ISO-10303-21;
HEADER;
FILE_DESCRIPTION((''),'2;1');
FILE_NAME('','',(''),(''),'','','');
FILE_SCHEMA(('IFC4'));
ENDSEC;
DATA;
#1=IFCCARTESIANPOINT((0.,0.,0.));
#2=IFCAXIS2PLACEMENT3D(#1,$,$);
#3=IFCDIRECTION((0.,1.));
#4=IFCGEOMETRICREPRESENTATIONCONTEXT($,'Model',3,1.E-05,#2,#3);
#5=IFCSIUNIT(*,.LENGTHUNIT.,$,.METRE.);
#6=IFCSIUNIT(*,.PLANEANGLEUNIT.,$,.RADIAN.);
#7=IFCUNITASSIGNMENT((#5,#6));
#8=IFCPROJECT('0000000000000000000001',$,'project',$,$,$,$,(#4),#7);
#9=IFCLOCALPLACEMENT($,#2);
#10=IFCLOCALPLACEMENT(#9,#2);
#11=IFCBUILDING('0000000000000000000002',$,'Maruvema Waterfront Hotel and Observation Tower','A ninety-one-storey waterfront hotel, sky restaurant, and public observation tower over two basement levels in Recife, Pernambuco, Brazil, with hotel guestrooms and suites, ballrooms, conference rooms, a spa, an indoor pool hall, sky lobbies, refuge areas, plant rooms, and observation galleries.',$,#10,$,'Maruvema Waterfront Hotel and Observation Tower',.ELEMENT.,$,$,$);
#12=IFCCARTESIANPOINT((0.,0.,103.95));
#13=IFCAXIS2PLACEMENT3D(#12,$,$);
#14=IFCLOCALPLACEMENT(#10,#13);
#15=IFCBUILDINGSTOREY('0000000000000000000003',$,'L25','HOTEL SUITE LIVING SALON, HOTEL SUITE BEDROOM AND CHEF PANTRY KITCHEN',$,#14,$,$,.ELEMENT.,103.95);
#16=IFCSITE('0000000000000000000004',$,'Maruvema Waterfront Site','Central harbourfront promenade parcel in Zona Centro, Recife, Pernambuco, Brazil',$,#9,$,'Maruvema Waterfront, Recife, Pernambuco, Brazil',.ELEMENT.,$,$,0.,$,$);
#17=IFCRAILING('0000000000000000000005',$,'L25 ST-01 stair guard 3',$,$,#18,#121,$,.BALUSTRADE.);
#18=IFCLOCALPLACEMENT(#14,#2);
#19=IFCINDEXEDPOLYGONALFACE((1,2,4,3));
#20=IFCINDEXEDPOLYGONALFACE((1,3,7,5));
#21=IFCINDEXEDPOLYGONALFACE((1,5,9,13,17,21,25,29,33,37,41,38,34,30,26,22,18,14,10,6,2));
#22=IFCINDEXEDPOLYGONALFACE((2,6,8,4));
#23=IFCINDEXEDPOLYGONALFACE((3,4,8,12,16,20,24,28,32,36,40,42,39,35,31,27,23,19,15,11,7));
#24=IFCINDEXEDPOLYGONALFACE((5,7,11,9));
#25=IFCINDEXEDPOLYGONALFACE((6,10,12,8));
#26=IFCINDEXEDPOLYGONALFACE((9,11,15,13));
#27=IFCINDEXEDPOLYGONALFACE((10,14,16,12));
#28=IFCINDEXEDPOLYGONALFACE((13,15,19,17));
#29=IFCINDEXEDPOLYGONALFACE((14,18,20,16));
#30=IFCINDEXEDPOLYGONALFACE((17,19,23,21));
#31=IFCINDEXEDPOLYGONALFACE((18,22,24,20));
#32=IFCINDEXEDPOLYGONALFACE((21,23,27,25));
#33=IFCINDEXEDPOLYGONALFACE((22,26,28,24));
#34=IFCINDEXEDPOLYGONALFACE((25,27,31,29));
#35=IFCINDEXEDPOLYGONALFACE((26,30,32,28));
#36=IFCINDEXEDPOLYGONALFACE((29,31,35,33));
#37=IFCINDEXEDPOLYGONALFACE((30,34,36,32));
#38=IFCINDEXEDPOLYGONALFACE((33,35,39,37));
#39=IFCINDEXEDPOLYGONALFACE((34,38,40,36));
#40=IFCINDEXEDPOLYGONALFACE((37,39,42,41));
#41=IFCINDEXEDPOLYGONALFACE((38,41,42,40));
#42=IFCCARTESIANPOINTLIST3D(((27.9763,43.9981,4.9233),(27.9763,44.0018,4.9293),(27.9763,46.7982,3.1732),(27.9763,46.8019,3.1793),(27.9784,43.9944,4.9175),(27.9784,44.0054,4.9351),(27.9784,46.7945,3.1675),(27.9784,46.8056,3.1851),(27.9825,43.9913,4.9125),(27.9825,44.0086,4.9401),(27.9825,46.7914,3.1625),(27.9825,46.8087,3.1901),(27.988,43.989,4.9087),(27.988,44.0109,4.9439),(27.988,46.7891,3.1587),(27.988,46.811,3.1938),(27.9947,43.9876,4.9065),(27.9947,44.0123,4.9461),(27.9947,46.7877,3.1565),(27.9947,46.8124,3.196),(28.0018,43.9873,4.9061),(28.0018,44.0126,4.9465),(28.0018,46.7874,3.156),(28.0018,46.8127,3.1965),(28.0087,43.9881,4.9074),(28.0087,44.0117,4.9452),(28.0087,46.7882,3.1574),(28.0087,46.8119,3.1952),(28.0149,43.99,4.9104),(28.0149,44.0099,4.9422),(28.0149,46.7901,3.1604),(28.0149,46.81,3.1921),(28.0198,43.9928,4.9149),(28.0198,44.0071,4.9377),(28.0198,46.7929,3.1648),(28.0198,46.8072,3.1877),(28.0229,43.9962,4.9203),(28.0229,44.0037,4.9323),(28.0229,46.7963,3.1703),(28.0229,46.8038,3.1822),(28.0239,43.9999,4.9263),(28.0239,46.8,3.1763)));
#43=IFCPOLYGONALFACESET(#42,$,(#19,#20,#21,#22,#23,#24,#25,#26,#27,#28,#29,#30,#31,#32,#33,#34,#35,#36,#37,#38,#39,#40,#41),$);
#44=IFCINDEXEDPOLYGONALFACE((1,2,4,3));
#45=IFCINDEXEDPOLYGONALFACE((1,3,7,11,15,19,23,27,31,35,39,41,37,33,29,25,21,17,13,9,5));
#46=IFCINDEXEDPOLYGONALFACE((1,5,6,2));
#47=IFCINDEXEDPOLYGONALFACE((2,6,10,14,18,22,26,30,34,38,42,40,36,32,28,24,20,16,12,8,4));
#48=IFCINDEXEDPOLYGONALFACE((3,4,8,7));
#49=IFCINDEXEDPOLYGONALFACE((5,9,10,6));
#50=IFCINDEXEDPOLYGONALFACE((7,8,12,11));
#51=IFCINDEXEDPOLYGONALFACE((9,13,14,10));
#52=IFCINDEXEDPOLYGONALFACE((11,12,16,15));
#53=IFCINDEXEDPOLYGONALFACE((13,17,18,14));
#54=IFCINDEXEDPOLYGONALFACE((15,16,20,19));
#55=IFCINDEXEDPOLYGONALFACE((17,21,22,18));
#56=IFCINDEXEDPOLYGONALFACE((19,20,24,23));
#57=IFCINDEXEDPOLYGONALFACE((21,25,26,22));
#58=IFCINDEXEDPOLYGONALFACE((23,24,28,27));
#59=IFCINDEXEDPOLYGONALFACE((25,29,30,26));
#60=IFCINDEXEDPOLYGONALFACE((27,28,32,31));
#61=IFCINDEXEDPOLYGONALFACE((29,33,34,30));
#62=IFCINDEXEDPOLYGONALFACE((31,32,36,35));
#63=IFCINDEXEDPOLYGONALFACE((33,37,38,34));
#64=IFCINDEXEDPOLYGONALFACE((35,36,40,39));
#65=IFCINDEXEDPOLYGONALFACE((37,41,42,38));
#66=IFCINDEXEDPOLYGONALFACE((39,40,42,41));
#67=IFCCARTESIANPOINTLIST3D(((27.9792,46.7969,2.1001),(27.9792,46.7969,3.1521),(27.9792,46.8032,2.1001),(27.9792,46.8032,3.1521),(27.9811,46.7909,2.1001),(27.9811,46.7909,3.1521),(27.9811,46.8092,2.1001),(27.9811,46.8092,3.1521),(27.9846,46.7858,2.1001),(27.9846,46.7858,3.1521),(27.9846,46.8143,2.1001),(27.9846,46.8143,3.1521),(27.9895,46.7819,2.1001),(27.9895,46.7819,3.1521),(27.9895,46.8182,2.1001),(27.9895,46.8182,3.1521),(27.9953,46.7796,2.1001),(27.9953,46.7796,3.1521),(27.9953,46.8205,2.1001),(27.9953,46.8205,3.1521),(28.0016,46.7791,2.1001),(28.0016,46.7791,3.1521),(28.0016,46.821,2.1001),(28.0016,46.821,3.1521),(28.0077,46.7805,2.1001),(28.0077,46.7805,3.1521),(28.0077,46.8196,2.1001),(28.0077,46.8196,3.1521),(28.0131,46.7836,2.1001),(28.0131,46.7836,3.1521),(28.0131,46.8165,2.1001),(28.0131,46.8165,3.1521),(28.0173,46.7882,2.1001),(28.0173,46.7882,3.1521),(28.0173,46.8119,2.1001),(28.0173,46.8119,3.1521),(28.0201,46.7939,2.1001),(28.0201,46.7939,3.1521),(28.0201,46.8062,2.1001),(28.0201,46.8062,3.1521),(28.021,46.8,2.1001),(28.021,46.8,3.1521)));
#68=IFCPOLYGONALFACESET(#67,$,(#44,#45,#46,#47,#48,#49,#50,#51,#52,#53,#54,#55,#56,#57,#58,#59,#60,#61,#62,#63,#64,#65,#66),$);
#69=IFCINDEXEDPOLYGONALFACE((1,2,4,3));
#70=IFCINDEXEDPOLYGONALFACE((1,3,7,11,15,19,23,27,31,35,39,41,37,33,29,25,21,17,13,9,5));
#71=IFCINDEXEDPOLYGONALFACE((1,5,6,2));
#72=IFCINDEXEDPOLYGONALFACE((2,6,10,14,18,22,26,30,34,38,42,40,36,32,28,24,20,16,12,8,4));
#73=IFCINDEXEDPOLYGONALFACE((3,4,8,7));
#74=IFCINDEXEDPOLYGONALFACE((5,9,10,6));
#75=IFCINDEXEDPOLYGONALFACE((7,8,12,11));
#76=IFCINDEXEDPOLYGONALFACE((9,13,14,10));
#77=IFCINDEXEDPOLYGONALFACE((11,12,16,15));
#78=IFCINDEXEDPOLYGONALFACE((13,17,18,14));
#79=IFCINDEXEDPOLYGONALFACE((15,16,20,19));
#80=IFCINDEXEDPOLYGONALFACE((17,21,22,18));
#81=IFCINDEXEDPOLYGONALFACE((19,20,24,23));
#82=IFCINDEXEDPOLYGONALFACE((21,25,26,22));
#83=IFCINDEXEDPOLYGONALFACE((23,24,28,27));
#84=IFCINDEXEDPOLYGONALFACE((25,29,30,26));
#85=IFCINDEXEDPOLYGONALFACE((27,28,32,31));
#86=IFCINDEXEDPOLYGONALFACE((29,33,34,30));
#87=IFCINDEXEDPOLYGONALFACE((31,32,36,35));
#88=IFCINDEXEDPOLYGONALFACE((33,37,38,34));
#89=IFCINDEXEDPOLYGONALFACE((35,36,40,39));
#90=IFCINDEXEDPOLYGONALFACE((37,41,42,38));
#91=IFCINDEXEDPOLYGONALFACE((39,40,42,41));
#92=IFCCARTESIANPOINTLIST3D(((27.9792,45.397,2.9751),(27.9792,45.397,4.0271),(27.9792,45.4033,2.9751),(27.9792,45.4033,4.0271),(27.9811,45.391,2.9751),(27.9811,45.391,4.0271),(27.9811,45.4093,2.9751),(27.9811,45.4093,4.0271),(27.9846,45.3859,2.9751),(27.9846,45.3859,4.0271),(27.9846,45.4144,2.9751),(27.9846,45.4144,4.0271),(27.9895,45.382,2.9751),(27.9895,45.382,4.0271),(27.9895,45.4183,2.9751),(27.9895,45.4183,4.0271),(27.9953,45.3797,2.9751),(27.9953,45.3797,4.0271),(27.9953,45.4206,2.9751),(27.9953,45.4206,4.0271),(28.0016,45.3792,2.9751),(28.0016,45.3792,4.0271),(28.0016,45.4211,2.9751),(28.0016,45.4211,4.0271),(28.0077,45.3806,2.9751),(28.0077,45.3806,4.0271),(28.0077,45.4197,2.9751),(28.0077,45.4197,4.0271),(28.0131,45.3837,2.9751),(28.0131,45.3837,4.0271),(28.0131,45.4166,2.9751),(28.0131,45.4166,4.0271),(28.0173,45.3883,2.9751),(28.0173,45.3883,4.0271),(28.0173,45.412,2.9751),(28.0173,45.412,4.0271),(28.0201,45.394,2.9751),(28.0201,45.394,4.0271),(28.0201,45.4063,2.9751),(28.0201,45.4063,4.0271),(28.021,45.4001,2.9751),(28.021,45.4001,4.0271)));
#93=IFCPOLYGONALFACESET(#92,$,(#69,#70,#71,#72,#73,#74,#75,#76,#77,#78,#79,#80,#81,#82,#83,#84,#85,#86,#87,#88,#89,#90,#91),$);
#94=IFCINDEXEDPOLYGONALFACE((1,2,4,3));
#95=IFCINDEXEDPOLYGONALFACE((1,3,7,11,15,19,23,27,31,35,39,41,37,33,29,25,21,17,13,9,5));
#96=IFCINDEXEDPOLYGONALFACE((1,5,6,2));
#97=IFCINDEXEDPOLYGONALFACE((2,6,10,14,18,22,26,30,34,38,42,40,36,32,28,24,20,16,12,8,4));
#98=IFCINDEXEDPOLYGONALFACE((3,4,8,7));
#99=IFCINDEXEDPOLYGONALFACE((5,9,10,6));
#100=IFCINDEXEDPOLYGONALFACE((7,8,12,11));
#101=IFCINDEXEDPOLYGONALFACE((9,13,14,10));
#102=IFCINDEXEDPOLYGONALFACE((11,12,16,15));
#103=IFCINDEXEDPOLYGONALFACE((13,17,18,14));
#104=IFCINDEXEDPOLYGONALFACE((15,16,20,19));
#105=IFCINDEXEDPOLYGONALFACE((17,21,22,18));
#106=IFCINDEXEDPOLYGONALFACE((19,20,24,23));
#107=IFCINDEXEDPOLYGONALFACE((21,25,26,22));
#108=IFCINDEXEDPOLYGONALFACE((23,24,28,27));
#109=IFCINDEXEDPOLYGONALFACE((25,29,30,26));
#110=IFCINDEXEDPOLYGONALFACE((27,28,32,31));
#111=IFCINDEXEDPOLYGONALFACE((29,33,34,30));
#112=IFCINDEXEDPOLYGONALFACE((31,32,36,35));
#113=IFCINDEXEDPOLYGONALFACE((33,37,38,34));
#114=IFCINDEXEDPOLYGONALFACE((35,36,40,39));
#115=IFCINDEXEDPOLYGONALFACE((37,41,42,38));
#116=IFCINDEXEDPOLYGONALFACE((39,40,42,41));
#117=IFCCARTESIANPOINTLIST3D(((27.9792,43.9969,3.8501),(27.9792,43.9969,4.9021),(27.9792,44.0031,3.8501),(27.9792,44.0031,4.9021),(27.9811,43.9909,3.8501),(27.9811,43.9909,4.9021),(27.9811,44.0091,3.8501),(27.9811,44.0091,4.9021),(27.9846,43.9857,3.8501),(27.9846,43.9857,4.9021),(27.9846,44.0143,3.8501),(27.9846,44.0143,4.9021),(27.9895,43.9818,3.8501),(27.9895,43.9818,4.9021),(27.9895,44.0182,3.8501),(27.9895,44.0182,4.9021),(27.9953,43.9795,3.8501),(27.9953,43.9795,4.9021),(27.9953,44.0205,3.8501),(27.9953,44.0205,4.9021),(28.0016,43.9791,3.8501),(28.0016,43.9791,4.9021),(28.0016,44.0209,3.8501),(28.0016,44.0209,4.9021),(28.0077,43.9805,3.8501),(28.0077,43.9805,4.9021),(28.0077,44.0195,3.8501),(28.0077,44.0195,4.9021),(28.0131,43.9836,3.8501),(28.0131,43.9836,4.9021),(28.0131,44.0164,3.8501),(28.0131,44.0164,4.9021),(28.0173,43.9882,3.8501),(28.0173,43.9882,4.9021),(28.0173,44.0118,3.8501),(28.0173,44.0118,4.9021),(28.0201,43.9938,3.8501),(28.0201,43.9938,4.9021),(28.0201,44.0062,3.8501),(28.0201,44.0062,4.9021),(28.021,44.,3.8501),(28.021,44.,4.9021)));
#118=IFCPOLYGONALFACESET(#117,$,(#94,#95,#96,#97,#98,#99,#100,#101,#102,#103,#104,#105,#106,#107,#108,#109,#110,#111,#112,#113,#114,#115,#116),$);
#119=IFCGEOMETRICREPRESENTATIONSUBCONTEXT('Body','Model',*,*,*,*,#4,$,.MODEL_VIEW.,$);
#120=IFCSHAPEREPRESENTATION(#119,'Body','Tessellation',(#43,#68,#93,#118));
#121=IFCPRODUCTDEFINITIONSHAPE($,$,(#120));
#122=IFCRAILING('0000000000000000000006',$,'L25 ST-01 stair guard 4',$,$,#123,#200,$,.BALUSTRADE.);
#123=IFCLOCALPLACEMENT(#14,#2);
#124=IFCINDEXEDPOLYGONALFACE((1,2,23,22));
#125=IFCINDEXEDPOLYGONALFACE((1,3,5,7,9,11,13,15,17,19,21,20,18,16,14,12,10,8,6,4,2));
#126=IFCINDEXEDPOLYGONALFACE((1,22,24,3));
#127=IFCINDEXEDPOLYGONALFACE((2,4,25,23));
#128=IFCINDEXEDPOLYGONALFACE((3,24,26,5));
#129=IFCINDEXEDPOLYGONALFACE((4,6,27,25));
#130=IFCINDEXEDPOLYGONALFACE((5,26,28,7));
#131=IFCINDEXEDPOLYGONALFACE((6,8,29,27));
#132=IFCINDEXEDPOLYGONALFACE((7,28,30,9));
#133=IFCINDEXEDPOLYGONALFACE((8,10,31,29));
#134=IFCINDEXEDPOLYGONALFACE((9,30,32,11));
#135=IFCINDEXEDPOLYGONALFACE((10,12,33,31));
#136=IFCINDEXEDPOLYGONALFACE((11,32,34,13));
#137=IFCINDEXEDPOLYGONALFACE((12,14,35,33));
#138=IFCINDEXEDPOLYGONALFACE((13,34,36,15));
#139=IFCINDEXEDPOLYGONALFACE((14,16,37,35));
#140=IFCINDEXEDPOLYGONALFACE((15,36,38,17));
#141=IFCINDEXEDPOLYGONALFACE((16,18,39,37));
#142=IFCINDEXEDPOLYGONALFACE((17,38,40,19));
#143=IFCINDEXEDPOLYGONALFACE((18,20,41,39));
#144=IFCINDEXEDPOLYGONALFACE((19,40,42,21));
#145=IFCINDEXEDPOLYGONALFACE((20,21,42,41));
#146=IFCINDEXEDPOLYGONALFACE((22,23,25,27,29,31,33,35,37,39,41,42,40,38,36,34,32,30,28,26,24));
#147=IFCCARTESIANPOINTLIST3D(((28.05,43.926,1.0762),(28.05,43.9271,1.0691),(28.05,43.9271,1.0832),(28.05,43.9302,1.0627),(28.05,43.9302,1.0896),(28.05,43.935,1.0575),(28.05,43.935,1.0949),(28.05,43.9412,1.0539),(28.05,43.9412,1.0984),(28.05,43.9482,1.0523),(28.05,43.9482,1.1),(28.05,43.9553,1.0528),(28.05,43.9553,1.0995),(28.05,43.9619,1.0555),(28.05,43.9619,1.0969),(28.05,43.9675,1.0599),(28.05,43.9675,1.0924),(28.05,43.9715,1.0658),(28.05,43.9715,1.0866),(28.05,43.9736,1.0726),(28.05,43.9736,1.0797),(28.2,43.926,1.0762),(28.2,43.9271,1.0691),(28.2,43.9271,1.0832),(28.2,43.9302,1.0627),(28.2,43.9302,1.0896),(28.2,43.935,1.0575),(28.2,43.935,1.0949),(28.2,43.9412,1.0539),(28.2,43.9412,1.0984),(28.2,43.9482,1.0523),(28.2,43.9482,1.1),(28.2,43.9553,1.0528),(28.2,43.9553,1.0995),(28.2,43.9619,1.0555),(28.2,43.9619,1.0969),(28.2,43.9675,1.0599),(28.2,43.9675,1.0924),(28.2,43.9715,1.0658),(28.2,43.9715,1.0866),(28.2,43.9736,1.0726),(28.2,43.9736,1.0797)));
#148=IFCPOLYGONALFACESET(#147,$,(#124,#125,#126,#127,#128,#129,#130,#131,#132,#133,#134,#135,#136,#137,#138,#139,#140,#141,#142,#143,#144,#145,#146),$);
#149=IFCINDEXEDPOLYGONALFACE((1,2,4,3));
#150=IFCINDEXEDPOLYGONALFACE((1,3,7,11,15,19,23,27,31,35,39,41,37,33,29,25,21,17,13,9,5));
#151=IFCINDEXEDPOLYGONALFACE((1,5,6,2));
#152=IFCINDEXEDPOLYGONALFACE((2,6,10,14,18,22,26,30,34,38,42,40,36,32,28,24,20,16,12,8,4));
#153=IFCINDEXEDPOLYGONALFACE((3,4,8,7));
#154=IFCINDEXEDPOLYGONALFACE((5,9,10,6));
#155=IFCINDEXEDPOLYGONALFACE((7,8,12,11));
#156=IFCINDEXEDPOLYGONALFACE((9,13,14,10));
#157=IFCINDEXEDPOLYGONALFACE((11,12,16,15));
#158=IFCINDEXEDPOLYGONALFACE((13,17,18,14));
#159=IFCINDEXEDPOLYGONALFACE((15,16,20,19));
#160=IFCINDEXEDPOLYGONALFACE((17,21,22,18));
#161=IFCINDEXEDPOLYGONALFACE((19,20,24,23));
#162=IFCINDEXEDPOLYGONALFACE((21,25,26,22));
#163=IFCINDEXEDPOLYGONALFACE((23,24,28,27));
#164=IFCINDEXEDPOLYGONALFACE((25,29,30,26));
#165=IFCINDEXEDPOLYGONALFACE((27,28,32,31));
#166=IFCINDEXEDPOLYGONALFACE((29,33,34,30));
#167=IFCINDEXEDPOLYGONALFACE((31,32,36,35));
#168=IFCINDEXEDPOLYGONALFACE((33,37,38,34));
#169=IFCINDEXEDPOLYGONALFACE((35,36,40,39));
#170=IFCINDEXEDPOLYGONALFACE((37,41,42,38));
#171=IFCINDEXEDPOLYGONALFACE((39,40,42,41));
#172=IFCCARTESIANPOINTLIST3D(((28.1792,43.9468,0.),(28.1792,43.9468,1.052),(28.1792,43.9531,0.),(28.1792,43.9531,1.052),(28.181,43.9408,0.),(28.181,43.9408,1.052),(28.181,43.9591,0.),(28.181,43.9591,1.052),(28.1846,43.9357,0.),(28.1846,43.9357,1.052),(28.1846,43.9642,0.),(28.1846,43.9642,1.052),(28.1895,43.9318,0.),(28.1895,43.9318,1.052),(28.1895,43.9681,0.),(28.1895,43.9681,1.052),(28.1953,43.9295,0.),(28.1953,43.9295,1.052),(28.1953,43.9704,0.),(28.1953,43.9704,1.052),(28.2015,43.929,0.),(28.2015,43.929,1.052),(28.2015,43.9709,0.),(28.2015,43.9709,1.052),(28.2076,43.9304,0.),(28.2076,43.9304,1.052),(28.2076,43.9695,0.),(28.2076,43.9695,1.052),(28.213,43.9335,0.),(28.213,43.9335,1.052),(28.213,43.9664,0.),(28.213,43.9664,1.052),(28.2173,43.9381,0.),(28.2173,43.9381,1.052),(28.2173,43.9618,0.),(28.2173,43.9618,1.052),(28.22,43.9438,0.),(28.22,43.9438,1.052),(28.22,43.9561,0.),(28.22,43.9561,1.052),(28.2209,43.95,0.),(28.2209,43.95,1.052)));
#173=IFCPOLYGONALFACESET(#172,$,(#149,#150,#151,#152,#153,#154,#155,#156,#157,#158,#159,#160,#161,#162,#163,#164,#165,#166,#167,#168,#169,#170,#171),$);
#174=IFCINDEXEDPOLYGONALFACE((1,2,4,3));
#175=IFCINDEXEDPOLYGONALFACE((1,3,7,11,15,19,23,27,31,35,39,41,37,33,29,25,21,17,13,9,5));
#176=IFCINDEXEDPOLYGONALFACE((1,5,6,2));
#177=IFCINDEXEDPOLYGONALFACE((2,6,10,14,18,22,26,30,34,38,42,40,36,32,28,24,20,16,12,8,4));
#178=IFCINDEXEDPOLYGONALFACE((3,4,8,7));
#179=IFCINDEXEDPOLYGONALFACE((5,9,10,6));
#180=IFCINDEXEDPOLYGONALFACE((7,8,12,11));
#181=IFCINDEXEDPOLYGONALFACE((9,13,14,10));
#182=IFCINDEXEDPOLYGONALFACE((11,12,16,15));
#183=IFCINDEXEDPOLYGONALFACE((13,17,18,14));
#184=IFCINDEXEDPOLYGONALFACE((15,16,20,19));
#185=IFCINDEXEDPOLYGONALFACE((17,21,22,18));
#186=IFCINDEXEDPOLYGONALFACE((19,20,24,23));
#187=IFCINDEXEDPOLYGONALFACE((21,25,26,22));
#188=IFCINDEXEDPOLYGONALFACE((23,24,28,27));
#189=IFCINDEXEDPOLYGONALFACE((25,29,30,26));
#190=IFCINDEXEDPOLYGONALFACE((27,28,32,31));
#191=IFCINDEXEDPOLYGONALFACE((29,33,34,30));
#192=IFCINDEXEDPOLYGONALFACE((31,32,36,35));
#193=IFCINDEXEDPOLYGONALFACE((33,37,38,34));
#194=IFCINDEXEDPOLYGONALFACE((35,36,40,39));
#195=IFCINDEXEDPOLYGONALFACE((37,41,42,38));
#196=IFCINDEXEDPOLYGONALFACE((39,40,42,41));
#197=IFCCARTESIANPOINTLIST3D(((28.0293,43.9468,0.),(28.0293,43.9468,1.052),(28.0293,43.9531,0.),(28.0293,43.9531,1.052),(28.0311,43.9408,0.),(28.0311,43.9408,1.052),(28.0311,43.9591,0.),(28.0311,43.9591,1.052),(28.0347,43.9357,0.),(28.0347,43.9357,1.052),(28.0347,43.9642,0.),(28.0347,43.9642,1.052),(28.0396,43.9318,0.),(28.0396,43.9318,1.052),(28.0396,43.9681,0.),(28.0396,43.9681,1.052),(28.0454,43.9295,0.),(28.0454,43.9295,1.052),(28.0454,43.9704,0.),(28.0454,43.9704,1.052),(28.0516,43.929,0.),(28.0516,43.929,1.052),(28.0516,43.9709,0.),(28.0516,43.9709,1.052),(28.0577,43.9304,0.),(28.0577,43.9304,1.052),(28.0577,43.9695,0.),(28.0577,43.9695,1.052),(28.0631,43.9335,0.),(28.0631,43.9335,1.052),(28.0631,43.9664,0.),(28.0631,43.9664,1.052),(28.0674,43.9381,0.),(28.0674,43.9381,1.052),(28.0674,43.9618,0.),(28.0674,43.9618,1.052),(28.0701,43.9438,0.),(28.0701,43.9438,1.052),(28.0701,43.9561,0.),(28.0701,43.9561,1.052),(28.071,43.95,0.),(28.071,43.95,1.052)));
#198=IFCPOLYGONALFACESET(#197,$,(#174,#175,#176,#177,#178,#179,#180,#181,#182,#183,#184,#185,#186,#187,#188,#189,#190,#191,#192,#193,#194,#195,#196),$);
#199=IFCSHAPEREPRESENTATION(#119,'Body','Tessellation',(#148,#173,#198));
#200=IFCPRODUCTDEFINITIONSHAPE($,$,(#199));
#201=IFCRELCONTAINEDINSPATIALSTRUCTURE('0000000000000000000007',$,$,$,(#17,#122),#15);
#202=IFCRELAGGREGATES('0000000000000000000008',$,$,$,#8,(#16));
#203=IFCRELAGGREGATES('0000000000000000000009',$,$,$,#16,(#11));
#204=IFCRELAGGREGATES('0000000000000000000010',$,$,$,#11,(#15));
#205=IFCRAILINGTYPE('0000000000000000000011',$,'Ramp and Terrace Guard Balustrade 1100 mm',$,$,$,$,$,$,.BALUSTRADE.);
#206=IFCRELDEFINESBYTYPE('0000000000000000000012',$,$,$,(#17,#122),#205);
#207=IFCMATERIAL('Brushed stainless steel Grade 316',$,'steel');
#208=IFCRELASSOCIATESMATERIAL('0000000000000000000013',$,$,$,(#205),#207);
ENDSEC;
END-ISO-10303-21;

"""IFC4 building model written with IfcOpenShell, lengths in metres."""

from ifc_helpers import new_model, si_unit, direction, frame, origin, origin_2d, place, context, subcontext, project, spatial, circle, extrude, material, type_object, element, save


model = new_model("IFC4")

# Units and contexts
model_context = context("Model", 3, precision=1e-05, world=origin(), true_north=direction((0.0, 1.0)))
body_context = subcontext(model_context, "Body", "Model", "MODEL_VIEW")
ifc_project = project(units=[si_unit("LENGTHUNIT", "METRE"), si_unit("PLANEANGLEUNIT", "RADIAN")], contexts=[model_context])

# Site, building, storey
site_placement = place(None, origin())
site = spatial("IfcSite", under=ifc_project, at=site_placement, Name="Maruvema Waterfront Site", Description="Central harbourfront promenade parcel in Zona Centro, Recife, Pernambuco, Brazil", LongName="Maruvema Waterfront, Recife, Pernambuco, Brazil", CompositionType="ELEMENT", RefElevation=0.0)
building_placement = place(site_placement, origin())
building = spatial("IfcBuilding", under=site, at=building_placement, Name="Maruvema Waterfront Hotel and Observation Tower", Description="A ninety-one-storey waterfront hotel, sky restaurant, and public observation tower over two basement levels in Recife, Pernambuco, Brazil, with hotel guestrooms and suites, ballrooms, conference rooms, a spa, an indoor pool hall, sky lobbies, refuge areas, plant rooms, and observation galleries.", LongName="Maruvema Waterfront Hotel and Observation Tower", CompositionType="ELEMENT")
storey_placement = place(building_placement, frame((0.0, 0.0, 103.95)))
storey = spatial("IfcBuildingStorey", under=building, at=storey_placement, Name="L25", Description="HOTEL SUITE LIVING SALON, HOTEL SUITE BEDROOM AND CHEF PANTRY KITCHEN", CompositionType="ELEMENT", Elevation=103.95)

# Railings
ifc_material_1 = material(Name="Brushed stainless steel Grade 316", Category="steel")
railing_type_1 = type_object("IfcRailingType", Name="Ramp and Terrace Guard Balustrade 1100 mm", PredefinedType="BALUSTRADE", material=ifc_material_1)
railing_1_placement = place(storey_placement, frame((28.0, 46.8, 2.1001)))
element("IfcRailing", 1, at=railing_1_placement, inside=storey, type_object=railing_type_1, Name="L25 ST-01 stair guard 3", PredefinedType="BALUSTRADE", context=body_context, shape_type="SweptSolid", body=[
    extrude(circle(Radius=0.0239, at=origin_2d()), frame((0.0, 0.0, 1.0762), z_axis=(0.0, -0.848002, 0.529992), x_axis=(1.0, 0.0, 0.0)), (0.0, 0.0, 1.0), 3.302),
    extrude(circle(Radius=0.021, at=origin_2d()), origin(), (0.0, 0.0, 1.0), 1.052),
    extrude(circle(Radius=0.021, at=origin_2d()), frame((0.0, -1.3999, 0.875)), (0.0, 0.0, 1.0), 1.052),
    extrude(circle(Radius=0.021, at=origin_2d()), frame((0.0, -2.8, 1.75)), (0.0, 0.0, 1.0), 1.052),
])
railing_2_placement = place(storey_placement, frame((28.2, 43.95, 0.0)))
element("IfcRailing", 2, at=railing_2_placement, inside=storey, type_object=railing_type_1, Name="L25 ST-01 stair guard 4", PredefinedType="BALUSTRADE", context=body_context, shape_type="SweptSolid", body=[
    extrude(circle(Radius=0.0239, at=origin_2d()), frame((0.0, 0.0, 1.0762), z_axis=(-1.0, 0.0, 0.0), x_axis=(0.0, -1.0, 0.0)), (0.0, 0.0, 1.0), 0.1499),
    extrude(circle(Radius=0.021, at=origin_2d()), origin(), (0.0, 0.0, 1.0), 1.052),
    extrude(circle(Radius=0.021, at=origin_2d()), frame((-0.1499, 0.0, 0.0)), (0.0, 0.0, 1.0), 1.052),
])

save(model, "model.ifc")
